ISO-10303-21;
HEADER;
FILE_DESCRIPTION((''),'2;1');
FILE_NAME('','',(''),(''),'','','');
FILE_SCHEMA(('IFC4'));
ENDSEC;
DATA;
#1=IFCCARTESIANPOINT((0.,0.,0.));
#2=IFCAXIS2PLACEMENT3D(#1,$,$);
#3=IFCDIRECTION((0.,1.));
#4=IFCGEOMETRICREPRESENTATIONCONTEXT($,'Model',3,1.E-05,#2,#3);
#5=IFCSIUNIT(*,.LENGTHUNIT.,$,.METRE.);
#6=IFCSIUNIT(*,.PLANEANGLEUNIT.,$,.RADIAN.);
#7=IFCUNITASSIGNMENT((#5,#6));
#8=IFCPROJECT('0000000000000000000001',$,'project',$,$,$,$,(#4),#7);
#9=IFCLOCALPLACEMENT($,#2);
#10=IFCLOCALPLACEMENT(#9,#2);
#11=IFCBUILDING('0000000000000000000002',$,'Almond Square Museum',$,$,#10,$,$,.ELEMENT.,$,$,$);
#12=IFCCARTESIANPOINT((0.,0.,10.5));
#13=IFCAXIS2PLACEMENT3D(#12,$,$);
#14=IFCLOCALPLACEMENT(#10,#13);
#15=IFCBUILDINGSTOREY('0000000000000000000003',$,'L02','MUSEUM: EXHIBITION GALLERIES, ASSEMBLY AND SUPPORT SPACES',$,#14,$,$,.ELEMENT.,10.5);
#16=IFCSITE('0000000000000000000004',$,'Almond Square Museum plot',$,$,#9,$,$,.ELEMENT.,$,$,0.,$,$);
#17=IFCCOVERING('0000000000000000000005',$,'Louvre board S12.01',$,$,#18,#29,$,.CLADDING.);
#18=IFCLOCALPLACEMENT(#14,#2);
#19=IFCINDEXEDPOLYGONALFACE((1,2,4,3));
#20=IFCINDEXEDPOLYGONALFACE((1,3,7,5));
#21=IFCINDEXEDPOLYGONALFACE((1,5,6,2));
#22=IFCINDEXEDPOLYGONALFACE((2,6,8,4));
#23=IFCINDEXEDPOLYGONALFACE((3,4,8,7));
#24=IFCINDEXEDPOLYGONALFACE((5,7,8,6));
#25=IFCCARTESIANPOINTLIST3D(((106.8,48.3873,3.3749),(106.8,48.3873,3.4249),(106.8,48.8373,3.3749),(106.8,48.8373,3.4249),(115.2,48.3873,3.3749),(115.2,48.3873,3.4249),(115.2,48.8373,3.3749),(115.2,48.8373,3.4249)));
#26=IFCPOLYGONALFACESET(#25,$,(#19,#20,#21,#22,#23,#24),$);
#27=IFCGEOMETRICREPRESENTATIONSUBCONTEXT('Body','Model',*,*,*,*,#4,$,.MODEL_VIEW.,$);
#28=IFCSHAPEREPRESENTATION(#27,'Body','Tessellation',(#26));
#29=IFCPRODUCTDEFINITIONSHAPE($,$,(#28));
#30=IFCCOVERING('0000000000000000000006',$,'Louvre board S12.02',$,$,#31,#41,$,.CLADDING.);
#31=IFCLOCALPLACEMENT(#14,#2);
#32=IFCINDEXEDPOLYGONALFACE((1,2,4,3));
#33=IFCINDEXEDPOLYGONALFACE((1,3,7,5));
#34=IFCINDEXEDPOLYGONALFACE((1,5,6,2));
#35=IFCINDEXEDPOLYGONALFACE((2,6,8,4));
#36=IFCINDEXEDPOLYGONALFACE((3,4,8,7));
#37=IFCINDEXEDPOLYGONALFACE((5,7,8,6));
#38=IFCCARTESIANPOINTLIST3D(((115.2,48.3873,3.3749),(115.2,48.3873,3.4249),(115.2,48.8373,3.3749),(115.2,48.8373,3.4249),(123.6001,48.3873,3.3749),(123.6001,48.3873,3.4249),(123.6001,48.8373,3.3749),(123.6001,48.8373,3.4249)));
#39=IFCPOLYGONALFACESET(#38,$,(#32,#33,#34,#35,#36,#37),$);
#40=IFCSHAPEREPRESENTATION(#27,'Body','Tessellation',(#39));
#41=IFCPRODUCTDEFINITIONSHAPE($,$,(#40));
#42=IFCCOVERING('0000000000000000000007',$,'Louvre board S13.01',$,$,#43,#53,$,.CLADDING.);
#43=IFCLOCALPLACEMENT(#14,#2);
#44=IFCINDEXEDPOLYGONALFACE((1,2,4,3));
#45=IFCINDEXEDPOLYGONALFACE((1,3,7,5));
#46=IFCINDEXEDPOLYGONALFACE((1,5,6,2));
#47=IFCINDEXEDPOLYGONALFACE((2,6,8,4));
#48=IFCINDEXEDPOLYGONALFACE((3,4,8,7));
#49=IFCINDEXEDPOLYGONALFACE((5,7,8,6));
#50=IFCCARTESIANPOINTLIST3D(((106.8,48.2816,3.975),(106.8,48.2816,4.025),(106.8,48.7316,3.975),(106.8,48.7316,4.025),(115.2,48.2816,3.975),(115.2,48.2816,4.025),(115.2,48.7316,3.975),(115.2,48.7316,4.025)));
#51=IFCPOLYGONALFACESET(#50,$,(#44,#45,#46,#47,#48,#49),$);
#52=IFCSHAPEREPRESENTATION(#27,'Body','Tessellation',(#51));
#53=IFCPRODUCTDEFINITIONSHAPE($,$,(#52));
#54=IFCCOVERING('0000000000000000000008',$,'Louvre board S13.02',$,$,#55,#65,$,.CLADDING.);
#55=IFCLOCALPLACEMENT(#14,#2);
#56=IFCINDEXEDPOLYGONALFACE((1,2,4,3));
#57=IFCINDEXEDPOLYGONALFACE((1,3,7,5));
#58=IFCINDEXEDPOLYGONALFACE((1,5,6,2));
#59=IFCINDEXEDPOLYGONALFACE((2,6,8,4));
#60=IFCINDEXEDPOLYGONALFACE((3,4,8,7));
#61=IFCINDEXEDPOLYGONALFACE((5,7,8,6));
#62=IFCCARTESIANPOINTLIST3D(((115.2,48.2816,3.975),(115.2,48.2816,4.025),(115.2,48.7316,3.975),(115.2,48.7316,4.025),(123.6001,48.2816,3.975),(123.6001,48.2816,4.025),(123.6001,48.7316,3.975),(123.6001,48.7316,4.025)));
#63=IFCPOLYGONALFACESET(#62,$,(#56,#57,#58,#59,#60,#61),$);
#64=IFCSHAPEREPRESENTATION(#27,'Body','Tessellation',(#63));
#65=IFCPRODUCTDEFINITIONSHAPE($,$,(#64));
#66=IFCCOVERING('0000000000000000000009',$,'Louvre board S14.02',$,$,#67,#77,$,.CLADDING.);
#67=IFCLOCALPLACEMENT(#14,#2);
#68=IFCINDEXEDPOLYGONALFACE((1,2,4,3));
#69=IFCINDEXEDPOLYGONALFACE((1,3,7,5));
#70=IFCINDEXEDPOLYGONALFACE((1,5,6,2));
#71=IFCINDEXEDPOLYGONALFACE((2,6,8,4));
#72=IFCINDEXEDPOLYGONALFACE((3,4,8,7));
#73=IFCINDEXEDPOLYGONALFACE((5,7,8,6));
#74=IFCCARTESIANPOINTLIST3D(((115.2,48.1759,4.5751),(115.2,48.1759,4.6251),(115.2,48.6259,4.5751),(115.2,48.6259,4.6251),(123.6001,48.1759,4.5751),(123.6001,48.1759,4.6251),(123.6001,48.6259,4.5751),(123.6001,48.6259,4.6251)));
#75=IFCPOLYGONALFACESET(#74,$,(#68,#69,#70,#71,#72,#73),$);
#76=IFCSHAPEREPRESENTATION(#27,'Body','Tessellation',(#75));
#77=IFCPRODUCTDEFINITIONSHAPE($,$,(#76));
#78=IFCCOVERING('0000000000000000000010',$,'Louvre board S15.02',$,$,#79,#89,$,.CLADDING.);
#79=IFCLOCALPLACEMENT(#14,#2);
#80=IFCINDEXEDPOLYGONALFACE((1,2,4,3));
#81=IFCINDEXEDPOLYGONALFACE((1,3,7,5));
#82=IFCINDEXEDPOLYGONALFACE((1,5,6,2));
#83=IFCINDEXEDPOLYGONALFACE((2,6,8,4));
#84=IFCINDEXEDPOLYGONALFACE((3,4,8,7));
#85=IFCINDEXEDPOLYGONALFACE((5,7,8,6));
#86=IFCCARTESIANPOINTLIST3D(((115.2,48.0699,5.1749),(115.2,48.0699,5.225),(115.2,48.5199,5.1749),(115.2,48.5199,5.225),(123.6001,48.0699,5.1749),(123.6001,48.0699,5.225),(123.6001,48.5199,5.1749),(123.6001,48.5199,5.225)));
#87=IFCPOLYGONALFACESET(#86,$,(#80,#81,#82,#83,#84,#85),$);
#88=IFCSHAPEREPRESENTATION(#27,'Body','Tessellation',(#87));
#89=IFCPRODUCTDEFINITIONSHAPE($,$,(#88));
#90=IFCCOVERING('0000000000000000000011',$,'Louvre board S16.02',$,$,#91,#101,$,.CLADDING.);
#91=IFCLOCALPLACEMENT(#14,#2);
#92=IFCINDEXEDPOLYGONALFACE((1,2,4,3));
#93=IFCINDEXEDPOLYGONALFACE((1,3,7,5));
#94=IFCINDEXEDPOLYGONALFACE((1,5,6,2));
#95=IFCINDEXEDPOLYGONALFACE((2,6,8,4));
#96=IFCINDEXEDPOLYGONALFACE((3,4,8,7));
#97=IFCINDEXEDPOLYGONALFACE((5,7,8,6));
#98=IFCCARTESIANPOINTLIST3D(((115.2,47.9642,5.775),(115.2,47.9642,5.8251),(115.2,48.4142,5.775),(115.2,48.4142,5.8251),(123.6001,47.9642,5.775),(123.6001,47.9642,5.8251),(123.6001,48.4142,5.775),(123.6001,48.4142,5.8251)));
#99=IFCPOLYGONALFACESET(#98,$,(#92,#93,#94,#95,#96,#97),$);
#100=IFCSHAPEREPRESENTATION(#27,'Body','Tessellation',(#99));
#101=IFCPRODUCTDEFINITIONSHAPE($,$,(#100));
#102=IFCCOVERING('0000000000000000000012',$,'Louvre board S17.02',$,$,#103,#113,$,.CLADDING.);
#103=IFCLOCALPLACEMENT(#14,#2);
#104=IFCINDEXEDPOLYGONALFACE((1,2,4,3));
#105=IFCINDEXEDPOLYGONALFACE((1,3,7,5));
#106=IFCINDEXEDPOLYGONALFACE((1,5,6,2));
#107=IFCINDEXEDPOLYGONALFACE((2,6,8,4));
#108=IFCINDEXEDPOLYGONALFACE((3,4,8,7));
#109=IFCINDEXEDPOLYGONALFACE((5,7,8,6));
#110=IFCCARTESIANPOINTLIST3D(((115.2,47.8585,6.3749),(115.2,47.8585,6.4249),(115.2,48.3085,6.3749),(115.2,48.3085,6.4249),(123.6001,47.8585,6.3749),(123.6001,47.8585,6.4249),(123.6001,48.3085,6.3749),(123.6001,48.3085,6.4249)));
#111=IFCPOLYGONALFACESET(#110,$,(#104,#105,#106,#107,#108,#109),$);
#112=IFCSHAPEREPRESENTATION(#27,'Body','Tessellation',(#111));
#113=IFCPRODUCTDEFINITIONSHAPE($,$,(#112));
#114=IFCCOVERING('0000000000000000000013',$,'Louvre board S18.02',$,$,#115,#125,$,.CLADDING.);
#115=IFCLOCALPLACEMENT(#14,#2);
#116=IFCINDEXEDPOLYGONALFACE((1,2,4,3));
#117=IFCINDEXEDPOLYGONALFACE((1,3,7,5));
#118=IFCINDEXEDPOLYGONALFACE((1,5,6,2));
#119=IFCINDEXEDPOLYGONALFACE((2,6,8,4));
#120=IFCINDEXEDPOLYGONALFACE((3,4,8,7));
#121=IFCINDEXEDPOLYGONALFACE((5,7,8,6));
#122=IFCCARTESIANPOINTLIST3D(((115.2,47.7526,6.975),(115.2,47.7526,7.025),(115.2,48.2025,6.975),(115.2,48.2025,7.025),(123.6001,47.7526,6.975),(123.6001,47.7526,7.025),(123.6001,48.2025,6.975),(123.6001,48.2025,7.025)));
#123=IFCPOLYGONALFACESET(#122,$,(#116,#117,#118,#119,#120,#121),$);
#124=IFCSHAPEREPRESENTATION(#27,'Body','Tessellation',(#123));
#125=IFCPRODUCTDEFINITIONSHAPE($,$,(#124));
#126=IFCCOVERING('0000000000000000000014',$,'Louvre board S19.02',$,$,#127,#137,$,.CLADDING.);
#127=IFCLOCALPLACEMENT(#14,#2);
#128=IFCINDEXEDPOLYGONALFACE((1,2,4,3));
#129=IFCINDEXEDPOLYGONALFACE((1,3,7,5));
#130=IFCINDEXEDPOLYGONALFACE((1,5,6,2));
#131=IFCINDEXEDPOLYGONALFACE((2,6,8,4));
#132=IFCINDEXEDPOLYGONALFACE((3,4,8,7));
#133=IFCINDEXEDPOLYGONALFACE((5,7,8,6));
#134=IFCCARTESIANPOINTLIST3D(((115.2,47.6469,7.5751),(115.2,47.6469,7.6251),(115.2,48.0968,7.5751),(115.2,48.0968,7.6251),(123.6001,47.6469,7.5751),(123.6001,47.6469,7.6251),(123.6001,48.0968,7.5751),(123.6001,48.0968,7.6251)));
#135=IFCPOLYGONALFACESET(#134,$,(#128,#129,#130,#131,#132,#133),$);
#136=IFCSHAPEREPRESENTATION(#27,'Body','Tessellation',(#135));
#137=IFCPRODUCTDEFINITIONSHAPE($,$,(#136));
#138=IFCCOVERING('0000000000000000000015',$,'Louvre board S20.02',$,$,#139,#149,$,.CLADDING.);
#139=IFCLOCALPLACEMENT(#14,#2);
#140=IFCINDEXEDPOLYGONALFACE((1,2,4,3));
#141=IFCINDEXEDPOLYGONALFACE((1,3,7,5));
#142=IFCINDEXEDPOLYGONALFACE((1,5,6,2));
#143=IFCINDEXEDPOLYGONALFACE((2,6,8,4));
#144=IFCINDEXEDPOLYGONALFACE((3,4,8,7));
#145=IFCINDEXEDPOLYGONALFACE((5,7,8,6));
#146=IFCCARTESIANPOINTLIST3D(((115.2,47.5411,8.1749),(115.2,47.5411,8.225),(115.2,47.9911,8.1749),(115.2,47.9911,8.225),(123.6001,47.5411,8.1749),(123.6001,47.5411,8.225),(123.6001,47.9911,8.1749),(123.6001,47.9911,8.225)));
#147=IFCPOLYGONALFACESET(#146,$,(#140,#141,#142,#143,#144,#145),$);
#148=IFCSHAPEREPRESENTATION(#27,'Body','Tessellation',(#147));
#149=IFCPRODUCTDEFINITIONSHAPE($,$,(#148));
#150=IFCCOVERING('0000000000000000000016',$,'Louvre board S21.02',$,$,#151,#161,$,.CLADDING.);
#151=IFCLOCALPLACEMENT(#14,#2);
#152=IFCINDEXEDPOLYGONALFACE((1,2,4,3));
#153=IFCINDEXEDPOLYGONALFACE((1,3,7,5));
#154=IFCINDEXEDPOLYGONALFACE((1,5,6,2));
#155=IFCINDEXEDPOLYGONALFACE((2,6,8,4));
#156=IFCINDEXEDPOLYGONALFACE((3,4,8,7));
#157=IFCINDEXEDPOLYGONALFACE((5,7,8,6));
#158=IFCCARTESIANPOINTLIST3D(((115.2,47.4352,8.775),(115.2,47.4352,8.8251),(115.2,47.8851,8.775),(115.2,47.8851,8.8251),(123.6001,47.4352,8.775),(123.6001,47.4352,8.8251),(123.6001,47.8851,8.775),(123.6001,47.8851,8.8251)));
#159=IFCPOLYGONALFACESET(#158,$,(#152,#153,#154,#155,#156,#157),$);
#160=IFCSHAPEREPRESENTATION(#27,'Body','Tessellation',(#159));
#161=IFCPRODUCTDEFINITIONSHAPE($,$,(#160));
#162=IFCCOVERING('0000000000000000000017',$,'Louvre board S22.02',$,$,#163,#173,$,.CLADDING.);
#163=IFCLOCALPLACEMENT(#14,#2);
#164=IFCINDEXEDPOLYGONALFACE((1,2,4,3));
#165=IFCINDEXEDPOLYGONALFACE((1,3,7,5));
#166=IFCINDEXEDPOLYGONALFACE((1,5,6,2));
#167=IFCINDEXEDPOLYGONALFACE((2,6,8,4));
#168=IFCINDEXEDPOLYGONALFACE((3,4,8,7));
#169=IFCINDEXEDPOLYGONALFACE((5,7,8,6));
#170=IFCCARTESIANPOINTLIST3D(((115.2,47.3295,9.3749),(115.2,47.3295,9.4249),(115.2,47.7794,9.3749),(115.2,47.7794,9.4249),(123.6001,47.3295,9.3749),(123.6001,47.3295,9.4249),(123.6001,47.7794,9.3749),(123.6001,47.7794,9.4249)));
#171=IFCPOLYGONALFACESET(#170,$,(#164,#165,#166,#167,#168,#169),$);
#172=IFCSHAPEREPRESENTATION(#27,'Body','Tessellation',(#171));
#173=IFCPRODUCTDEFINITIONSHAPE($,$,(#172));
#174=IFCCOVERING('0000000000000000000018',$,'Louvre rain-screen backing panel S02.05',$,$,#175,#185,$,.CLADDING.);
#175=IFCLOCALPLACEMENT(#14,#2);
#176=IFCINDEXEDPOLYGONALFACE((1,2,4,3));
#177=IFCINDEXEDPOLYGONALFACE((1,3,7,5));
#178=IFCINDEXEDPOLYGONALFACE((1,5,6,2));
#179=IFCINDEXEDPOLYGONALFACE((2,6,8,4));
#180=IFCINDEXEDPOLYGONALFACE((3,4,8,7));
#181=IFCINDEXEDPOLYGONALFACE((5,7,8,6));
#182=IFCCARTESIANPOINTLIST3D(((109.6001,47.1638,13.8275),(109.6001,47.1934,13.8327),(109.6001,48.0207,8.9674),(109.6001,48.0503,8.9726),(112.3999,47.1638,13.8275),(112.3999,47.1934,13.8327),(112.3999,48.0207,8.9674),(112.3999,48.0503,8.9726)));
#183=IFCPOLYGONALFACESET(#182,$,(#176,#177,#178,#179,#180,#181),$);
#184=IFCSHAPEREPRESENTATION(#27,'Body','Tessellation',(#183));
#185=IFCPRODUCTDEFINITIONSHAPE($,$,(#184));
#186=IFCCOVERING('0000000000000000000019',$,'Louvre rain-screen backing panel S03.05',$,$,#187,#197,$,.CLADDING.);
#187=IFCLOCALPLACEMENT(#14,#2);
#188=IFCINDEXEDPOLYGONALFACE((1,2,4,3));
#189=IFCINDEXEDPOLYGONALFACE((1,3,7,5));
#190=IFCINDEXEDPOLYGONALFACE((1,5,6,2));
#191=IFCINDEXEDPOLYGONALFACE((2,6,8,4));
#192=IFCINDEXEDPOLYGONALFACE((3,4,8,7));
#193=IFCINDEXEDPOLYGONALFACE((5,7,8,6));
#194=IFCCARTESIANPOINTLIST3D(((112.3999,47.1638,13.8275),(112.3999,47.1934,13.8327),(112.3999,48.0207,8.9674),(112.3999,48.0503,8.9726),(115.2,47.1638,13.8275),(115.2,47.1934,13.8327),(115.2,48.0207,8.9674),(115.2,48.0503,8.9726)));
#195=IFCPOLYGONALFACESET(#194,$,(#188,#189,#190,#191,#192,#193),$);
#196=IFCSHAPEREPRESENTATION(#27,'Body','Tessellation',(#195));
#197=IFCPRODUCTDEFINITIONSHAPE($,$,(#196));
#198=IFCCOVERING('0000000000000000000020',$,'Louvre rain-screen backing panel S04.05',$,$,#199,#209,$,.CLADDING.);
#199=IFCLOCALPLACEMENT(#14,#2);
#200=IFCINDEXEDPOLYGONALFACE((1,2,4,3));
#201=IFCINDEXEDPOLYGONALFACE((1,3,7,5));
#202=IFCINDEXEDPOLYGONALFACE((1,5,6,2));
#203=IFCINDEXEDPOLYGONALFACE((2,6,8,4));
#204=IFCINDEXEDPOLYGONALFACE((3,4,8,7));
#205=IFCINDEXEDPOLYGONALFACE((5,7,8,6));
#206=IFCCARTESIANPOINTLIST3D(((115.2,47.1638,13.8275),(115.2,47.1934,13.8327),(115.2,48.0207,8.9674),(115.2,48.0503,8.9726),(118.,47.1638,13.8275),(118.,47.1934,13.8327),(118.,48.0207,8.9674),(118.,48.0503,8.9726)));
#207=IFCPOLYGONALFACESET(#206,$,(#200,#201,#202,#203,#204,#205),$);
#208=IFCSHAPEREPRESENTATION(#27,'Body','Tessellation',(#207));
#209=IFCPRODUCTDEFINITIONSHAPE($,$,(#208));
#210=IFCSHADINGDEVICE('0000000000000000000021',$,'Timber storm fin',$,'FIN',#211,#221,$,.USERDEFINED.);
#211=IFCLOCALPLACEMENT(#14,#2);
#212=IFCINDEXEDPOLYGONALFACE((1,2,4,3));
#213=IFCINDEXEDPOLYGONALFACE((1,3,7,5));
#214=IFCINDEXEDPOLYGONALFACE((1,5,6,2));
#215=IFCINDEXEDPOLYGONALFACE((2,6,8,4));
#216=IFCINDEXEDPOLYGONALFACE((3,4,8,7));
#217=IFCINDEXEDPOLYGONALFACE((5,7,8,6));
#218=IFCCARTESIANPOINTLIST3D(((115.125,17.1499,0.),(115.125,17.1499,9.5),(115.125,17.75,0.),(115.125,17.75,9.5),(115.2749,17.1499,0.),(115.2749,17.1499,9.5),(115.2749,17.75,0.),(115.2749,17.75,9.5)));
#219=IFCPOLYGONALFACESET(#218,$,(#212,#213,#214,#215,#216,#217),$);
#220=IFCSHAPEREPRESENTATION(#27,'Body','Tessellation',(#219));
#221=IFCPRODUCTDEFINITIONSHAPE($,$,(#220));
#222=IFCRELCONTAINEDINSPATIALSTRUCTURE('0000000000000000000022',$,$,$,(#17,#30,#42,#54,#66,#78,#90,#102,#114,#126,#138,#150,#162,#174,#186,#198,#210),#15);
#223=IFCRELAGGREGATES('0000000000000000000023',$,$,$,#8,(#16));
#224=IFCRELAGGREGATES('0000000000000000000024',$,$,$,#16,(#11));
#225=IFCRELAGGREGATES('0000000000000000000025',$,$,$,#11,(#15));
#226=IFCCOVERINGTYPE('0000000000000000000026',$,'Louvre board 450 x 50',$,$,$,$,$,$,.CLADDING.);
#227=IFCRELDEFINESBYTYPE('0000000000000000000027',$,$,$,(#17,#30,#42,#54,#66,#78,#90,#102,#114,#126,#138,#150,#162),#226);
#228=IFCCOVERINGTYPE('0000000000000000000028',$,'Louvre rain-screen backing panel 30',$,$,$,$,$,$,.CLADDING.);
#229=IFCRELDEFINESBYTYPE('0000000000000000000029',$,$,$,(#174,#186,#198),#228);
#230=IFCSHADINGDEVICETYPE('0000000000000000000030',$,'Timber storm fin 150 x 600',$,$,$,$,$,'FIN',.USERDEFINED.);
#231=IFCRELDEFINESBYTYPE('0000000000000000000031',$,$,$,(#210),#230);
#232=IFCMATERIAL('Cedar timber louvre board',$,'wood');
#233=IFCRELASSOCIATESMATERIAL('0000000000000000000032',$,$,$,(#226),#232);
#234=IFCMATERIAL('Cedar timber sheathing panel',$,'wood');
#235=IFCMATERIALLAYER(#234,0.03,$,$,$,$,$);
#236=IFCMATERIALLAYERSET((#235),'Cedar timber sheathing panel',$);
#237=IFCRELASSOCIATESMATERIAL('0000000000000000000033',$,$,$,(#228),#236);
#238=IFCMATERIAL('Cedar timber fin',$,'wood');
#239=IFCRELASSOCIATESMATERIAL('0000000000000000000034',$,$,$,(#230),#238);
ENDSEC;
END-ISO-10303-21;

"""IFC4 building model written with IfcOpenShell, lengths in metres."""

from ifc_helpers import new_model, si_unit, direction, frame, origin, origin_2d, place, context, subcontext, project, spatial, polyline, rectangle, outline, extrude, material, layer, layer_set, material_profile, profile_set, type_object, element, save


model = new_model("IFC4")

# Units and contexts
model_context = context("Model", 3, precision=1e-05, world=origin(), true_north=direction((0.0, 1.0)))
body_context = subcontext(model_context, "Body", "Model", "MODEL_VIEW")
ifc_project = project(units=[si_unit("LENGTHUNIT", "METRE"), si_unit("PLANEANGLEUNIT", "RADIAN")], contexts=[model_context])

# Site, building, storey
site_placement = place(None, origin())
site = spatial("IfcSite", under=ifc_project, at=site_placement, Name="Almond Square Museum plot", CompositionType="ELEMENT", RefElevation=0.0)
building_placement = place(site_placement, origin())
building = spatial("IfcBuilding", under=site, at=building_placement, Name="Almond Square Museum", CompositionType="ELEMENT")
storey_placement = place(building_placement, frame((0.0, 0.0, 10.5)))
storey = spatial("IfcBuildingStorey", under=building, at=storey_placement, Name="L02", Description="MUSEUM: EXHIBITION GALLERIES, ASSEMBLY AND SUPPORT SPACES", CompositionType="ELEMENT", Elevation=10.5)

# Coverings
ifc_material_1 = material(Name="Cedar timber louvre board", Category="wood")
ifc_material_profile = material_profile(ifc_material_1, rectangle(XDim=0.45, YDim=0.05, at=origin_2d()))
ifc_profile_set = profile_set([ifc_material_profile], Name="Cedar timber louvre board")
covering_type_1 = type_object("IfcCoveringType", Name="Louvre board 450 x 50", PredefinedType="CLADDING", material=ifc_profile_set)
covering_1_placement = place(storey_placement, frame((106.8, 48.6123, 3.3999), z_axis=(1.0, 0.0, 0.0), x_axis=(0.0, 1.0, 0.0)))
element("IfcCovering", 1, at=covering_1_placement, inside=storey, type_object=covering_type_1, Name="Louvre board S12.01", PredefinedType="CLADDING", context=body_context, shape_type="SweptSolid", body=[
    extrude(rectangle(XDim=0.45, YDim=0.05, at=origin_2d()), origin(), (0.0, 0.0, 1.0), 8.3999),
])
covering_2_placement = place(storey_placement, frame((115.2, 48.6123, 3.3999), z_axis=(1.0, 0.0, 0.0), x_axis=(0.0, 1.0, 0.0)))
element("IfcCovering", 2, at=covering_2_placement, inside=storey, type_object=covering_type_1, Name="Louvre board S12.02", PredefinedType="CLADDING", context=body_context, shape_type="SweptSolid", body=[
    extrude(rectangle(XDim=0.45, YDim=0.05, at=origin_2d()), origin(), (0.0, 0.0, 1.0), 8.4001),
])
covering_3_placement = place(storey_placement, frame((106.8, 48.5066, 4.0), z_axis=(1.0, 0.0, 0.0), x_axis=(0.0, 1.0, 0.0)))
element("IfcCovering", 3, at=covering_3_placement, inside=storey, type_object=covering_type_1, Name="Louvre board S13.01", PredefinedType="CLADDING", context=body_context, shape_type="SweptSolid", body=[
    extrude(rectangle(XDim=0.45, YDim=0.05, at=origin_2d()), origin(), (0.0, 0.0, 1.0), 8.3999),
])
for number, where, z_axis, x_axis, name in (
    (4, (115.2, 48.5066, 4.0), (1.0, 0.0, 0.0), (0.0, 1.0, 0.0), "Louvre board S13.02"),
    (5, (115.2, 48.4009, 4.6001), (1.0, 0.0, 0.0), (0.0, 1.0, 0.0), "Louvre board S14.02"),
    (6, (115.2, 48.2949, 5.2), (1.0, 0.0, 0.0), (0.0, 1.0, 0.0), "Louvre board S15.02"),
    (7, (115.2, 48.1892, 5.8), (1.0, 0.0, 0.0), (0.0, 1.0, 0.0), "Louvre board S16.02"),
    (8, (115.2, 48.0835, 6.3999), (1.0, 0.0, 0.0), (0.0, 1.0, 0.0), "Louvre board S17.02"),
    (9, (115.2, 47.9775, 7.0), (1.0, 0.0, 0.0), (0.0, 1.0, 0.0), "Louvre board S18.02"),
    (10, (115.2, 47.8718, 7.6001), (1.0, 0.0, 0.0), (0.0, 1.0, 0.0), "Louvre board S19.02"),
    (11, (115.2, 47.7661, 8.2), (1.0, 0.0, 0.0), (0.0, 1.0, 0.0), "Louvre board S20.02"),
    (12, (115.2, 47.6602, 8.8), (1.0, 0.0, 0.0), (0.0, 1.0, 0.0), "Louvre board S21.02"),
    (13, (115.2, 47.5544, 9.3999), (1.0, 0.0, 0.0), (0.0, 1.0, 0.0), "Louvre board S22.02"),
):
    element("IfcCovering", number, at=place(storey_placement, frame(where, z_axis=z_axis, x_axis=x_axis)), inside=storey, type_object=covering_type_1, Name=name, PredefinedType="CLADDING", context=body_context, shape_type="SweptSolid", body=[
        extrude(rectangle(XDim=0.45, YDim=0.05, at=origin_2d()), origin(), (0.0, 0.0, 1.0), 8.4001),
    ])
ifc_material_2 = material(Name="Cedar timber sheathing panel", Category="wood")
ifc_layer_1 = layer(ifc_material_2, 0.03)
ifc_layer_set_1 = layer_set([ifc_layer_1], Name="Cedar timber sheathing panel")
covering_type_2 = type_object("IfcCoveringType", Name="Louvre rain-screen backing panel 30", PredefinedType="CLADDING", material=ifc_layer_set_1)
covering_4_placement = place(storey_placement, frame((109.6001, 48.0354, 8.97), z_axis=(0.0, -0.984809, -0.173641), x_axis=(1.0, 0.0, 0.0)))
element("IfcCovering", 14, at=covering_4_placement, inside=storey, type_object=covering_type_2, Name="Louvre rain-screen backing panel S02.05", PredefinedType="CLADDING", context=body_context, shape_type="SweptSolid", body=[
    extrude(outline(polyline([(0.0, 0.0), (2.7998, 0.0), (2.7998, 4.9351), (0.0, 4.9351), (0.0, 0.0)])), frame((0.0, 0.0, -0.0151)), (0.0, 0.0, 1.0), 0.03),
])
for number, where, z_axis, x_axis, name in (
    (15, (112.3999, 48.0354, 8.97), (0.0, -0.984809, -0.173641), (1.0, 0.0, 0.0), "Louvre rain-screen backing panel S03.05"),
    (16, (115.2, 48.0354, 8.97), (0.0, -0.984809, -0.173641), (1.0, 0.0, 0.0), "Louvre rain-screen backing panel S04.05"),
):
    element("IfcCovering", number, at=place(storey_placement, frame(where, z_axis=z_axis, x_axis=x_axis)), inside=storey, type_object=covering_type_2, Name=name, PredefinedType="CLADDING", context=body_context, shape_type="SweptSolid", body=[
        extrude(outline(polyline([(0.0, 0.0), (2.8, 0.0), (2.8, 4.9351), (0.0, 4.9351), (0.0, 0.0)])), frame((0.0, 0.0, -0.0151)), (0.0, 0.0, 1.0), 0.03),
    ])

# Shading device
ifc_material_3 = material(Name="Cedar timber fin", Category="wood")
shading_device_type = type_object("IfcShadingDeviceType", Name="Timber storm fin 150 x 600", ElementType="FIN", PredefinedType="USERDEFINED", material=ifc_material_3)
shading_device_placement = place(storey_placement, frame((115.2, 17.45, 0.0), z_axis=(0.0, 0.0, 1.0), x_axis=(1.0, 0.0, 0.0)))
element("IfcShadingDevice", 17, at=shading_device_placement, inside=storey, type_object=shading_device_type, Name="Timber storm fin", ObjectType="FIN", PredefinedType="USERDEFINED", context=body_context, shape_type="SweptSolid", body=[
    extrude(rectangle(XDim=0.1499, YDim=0.6001, at=origin_2d()), origin(), (0.0, 0.0, 1.0), 9.5),
])

save(model, "model.ifc")
